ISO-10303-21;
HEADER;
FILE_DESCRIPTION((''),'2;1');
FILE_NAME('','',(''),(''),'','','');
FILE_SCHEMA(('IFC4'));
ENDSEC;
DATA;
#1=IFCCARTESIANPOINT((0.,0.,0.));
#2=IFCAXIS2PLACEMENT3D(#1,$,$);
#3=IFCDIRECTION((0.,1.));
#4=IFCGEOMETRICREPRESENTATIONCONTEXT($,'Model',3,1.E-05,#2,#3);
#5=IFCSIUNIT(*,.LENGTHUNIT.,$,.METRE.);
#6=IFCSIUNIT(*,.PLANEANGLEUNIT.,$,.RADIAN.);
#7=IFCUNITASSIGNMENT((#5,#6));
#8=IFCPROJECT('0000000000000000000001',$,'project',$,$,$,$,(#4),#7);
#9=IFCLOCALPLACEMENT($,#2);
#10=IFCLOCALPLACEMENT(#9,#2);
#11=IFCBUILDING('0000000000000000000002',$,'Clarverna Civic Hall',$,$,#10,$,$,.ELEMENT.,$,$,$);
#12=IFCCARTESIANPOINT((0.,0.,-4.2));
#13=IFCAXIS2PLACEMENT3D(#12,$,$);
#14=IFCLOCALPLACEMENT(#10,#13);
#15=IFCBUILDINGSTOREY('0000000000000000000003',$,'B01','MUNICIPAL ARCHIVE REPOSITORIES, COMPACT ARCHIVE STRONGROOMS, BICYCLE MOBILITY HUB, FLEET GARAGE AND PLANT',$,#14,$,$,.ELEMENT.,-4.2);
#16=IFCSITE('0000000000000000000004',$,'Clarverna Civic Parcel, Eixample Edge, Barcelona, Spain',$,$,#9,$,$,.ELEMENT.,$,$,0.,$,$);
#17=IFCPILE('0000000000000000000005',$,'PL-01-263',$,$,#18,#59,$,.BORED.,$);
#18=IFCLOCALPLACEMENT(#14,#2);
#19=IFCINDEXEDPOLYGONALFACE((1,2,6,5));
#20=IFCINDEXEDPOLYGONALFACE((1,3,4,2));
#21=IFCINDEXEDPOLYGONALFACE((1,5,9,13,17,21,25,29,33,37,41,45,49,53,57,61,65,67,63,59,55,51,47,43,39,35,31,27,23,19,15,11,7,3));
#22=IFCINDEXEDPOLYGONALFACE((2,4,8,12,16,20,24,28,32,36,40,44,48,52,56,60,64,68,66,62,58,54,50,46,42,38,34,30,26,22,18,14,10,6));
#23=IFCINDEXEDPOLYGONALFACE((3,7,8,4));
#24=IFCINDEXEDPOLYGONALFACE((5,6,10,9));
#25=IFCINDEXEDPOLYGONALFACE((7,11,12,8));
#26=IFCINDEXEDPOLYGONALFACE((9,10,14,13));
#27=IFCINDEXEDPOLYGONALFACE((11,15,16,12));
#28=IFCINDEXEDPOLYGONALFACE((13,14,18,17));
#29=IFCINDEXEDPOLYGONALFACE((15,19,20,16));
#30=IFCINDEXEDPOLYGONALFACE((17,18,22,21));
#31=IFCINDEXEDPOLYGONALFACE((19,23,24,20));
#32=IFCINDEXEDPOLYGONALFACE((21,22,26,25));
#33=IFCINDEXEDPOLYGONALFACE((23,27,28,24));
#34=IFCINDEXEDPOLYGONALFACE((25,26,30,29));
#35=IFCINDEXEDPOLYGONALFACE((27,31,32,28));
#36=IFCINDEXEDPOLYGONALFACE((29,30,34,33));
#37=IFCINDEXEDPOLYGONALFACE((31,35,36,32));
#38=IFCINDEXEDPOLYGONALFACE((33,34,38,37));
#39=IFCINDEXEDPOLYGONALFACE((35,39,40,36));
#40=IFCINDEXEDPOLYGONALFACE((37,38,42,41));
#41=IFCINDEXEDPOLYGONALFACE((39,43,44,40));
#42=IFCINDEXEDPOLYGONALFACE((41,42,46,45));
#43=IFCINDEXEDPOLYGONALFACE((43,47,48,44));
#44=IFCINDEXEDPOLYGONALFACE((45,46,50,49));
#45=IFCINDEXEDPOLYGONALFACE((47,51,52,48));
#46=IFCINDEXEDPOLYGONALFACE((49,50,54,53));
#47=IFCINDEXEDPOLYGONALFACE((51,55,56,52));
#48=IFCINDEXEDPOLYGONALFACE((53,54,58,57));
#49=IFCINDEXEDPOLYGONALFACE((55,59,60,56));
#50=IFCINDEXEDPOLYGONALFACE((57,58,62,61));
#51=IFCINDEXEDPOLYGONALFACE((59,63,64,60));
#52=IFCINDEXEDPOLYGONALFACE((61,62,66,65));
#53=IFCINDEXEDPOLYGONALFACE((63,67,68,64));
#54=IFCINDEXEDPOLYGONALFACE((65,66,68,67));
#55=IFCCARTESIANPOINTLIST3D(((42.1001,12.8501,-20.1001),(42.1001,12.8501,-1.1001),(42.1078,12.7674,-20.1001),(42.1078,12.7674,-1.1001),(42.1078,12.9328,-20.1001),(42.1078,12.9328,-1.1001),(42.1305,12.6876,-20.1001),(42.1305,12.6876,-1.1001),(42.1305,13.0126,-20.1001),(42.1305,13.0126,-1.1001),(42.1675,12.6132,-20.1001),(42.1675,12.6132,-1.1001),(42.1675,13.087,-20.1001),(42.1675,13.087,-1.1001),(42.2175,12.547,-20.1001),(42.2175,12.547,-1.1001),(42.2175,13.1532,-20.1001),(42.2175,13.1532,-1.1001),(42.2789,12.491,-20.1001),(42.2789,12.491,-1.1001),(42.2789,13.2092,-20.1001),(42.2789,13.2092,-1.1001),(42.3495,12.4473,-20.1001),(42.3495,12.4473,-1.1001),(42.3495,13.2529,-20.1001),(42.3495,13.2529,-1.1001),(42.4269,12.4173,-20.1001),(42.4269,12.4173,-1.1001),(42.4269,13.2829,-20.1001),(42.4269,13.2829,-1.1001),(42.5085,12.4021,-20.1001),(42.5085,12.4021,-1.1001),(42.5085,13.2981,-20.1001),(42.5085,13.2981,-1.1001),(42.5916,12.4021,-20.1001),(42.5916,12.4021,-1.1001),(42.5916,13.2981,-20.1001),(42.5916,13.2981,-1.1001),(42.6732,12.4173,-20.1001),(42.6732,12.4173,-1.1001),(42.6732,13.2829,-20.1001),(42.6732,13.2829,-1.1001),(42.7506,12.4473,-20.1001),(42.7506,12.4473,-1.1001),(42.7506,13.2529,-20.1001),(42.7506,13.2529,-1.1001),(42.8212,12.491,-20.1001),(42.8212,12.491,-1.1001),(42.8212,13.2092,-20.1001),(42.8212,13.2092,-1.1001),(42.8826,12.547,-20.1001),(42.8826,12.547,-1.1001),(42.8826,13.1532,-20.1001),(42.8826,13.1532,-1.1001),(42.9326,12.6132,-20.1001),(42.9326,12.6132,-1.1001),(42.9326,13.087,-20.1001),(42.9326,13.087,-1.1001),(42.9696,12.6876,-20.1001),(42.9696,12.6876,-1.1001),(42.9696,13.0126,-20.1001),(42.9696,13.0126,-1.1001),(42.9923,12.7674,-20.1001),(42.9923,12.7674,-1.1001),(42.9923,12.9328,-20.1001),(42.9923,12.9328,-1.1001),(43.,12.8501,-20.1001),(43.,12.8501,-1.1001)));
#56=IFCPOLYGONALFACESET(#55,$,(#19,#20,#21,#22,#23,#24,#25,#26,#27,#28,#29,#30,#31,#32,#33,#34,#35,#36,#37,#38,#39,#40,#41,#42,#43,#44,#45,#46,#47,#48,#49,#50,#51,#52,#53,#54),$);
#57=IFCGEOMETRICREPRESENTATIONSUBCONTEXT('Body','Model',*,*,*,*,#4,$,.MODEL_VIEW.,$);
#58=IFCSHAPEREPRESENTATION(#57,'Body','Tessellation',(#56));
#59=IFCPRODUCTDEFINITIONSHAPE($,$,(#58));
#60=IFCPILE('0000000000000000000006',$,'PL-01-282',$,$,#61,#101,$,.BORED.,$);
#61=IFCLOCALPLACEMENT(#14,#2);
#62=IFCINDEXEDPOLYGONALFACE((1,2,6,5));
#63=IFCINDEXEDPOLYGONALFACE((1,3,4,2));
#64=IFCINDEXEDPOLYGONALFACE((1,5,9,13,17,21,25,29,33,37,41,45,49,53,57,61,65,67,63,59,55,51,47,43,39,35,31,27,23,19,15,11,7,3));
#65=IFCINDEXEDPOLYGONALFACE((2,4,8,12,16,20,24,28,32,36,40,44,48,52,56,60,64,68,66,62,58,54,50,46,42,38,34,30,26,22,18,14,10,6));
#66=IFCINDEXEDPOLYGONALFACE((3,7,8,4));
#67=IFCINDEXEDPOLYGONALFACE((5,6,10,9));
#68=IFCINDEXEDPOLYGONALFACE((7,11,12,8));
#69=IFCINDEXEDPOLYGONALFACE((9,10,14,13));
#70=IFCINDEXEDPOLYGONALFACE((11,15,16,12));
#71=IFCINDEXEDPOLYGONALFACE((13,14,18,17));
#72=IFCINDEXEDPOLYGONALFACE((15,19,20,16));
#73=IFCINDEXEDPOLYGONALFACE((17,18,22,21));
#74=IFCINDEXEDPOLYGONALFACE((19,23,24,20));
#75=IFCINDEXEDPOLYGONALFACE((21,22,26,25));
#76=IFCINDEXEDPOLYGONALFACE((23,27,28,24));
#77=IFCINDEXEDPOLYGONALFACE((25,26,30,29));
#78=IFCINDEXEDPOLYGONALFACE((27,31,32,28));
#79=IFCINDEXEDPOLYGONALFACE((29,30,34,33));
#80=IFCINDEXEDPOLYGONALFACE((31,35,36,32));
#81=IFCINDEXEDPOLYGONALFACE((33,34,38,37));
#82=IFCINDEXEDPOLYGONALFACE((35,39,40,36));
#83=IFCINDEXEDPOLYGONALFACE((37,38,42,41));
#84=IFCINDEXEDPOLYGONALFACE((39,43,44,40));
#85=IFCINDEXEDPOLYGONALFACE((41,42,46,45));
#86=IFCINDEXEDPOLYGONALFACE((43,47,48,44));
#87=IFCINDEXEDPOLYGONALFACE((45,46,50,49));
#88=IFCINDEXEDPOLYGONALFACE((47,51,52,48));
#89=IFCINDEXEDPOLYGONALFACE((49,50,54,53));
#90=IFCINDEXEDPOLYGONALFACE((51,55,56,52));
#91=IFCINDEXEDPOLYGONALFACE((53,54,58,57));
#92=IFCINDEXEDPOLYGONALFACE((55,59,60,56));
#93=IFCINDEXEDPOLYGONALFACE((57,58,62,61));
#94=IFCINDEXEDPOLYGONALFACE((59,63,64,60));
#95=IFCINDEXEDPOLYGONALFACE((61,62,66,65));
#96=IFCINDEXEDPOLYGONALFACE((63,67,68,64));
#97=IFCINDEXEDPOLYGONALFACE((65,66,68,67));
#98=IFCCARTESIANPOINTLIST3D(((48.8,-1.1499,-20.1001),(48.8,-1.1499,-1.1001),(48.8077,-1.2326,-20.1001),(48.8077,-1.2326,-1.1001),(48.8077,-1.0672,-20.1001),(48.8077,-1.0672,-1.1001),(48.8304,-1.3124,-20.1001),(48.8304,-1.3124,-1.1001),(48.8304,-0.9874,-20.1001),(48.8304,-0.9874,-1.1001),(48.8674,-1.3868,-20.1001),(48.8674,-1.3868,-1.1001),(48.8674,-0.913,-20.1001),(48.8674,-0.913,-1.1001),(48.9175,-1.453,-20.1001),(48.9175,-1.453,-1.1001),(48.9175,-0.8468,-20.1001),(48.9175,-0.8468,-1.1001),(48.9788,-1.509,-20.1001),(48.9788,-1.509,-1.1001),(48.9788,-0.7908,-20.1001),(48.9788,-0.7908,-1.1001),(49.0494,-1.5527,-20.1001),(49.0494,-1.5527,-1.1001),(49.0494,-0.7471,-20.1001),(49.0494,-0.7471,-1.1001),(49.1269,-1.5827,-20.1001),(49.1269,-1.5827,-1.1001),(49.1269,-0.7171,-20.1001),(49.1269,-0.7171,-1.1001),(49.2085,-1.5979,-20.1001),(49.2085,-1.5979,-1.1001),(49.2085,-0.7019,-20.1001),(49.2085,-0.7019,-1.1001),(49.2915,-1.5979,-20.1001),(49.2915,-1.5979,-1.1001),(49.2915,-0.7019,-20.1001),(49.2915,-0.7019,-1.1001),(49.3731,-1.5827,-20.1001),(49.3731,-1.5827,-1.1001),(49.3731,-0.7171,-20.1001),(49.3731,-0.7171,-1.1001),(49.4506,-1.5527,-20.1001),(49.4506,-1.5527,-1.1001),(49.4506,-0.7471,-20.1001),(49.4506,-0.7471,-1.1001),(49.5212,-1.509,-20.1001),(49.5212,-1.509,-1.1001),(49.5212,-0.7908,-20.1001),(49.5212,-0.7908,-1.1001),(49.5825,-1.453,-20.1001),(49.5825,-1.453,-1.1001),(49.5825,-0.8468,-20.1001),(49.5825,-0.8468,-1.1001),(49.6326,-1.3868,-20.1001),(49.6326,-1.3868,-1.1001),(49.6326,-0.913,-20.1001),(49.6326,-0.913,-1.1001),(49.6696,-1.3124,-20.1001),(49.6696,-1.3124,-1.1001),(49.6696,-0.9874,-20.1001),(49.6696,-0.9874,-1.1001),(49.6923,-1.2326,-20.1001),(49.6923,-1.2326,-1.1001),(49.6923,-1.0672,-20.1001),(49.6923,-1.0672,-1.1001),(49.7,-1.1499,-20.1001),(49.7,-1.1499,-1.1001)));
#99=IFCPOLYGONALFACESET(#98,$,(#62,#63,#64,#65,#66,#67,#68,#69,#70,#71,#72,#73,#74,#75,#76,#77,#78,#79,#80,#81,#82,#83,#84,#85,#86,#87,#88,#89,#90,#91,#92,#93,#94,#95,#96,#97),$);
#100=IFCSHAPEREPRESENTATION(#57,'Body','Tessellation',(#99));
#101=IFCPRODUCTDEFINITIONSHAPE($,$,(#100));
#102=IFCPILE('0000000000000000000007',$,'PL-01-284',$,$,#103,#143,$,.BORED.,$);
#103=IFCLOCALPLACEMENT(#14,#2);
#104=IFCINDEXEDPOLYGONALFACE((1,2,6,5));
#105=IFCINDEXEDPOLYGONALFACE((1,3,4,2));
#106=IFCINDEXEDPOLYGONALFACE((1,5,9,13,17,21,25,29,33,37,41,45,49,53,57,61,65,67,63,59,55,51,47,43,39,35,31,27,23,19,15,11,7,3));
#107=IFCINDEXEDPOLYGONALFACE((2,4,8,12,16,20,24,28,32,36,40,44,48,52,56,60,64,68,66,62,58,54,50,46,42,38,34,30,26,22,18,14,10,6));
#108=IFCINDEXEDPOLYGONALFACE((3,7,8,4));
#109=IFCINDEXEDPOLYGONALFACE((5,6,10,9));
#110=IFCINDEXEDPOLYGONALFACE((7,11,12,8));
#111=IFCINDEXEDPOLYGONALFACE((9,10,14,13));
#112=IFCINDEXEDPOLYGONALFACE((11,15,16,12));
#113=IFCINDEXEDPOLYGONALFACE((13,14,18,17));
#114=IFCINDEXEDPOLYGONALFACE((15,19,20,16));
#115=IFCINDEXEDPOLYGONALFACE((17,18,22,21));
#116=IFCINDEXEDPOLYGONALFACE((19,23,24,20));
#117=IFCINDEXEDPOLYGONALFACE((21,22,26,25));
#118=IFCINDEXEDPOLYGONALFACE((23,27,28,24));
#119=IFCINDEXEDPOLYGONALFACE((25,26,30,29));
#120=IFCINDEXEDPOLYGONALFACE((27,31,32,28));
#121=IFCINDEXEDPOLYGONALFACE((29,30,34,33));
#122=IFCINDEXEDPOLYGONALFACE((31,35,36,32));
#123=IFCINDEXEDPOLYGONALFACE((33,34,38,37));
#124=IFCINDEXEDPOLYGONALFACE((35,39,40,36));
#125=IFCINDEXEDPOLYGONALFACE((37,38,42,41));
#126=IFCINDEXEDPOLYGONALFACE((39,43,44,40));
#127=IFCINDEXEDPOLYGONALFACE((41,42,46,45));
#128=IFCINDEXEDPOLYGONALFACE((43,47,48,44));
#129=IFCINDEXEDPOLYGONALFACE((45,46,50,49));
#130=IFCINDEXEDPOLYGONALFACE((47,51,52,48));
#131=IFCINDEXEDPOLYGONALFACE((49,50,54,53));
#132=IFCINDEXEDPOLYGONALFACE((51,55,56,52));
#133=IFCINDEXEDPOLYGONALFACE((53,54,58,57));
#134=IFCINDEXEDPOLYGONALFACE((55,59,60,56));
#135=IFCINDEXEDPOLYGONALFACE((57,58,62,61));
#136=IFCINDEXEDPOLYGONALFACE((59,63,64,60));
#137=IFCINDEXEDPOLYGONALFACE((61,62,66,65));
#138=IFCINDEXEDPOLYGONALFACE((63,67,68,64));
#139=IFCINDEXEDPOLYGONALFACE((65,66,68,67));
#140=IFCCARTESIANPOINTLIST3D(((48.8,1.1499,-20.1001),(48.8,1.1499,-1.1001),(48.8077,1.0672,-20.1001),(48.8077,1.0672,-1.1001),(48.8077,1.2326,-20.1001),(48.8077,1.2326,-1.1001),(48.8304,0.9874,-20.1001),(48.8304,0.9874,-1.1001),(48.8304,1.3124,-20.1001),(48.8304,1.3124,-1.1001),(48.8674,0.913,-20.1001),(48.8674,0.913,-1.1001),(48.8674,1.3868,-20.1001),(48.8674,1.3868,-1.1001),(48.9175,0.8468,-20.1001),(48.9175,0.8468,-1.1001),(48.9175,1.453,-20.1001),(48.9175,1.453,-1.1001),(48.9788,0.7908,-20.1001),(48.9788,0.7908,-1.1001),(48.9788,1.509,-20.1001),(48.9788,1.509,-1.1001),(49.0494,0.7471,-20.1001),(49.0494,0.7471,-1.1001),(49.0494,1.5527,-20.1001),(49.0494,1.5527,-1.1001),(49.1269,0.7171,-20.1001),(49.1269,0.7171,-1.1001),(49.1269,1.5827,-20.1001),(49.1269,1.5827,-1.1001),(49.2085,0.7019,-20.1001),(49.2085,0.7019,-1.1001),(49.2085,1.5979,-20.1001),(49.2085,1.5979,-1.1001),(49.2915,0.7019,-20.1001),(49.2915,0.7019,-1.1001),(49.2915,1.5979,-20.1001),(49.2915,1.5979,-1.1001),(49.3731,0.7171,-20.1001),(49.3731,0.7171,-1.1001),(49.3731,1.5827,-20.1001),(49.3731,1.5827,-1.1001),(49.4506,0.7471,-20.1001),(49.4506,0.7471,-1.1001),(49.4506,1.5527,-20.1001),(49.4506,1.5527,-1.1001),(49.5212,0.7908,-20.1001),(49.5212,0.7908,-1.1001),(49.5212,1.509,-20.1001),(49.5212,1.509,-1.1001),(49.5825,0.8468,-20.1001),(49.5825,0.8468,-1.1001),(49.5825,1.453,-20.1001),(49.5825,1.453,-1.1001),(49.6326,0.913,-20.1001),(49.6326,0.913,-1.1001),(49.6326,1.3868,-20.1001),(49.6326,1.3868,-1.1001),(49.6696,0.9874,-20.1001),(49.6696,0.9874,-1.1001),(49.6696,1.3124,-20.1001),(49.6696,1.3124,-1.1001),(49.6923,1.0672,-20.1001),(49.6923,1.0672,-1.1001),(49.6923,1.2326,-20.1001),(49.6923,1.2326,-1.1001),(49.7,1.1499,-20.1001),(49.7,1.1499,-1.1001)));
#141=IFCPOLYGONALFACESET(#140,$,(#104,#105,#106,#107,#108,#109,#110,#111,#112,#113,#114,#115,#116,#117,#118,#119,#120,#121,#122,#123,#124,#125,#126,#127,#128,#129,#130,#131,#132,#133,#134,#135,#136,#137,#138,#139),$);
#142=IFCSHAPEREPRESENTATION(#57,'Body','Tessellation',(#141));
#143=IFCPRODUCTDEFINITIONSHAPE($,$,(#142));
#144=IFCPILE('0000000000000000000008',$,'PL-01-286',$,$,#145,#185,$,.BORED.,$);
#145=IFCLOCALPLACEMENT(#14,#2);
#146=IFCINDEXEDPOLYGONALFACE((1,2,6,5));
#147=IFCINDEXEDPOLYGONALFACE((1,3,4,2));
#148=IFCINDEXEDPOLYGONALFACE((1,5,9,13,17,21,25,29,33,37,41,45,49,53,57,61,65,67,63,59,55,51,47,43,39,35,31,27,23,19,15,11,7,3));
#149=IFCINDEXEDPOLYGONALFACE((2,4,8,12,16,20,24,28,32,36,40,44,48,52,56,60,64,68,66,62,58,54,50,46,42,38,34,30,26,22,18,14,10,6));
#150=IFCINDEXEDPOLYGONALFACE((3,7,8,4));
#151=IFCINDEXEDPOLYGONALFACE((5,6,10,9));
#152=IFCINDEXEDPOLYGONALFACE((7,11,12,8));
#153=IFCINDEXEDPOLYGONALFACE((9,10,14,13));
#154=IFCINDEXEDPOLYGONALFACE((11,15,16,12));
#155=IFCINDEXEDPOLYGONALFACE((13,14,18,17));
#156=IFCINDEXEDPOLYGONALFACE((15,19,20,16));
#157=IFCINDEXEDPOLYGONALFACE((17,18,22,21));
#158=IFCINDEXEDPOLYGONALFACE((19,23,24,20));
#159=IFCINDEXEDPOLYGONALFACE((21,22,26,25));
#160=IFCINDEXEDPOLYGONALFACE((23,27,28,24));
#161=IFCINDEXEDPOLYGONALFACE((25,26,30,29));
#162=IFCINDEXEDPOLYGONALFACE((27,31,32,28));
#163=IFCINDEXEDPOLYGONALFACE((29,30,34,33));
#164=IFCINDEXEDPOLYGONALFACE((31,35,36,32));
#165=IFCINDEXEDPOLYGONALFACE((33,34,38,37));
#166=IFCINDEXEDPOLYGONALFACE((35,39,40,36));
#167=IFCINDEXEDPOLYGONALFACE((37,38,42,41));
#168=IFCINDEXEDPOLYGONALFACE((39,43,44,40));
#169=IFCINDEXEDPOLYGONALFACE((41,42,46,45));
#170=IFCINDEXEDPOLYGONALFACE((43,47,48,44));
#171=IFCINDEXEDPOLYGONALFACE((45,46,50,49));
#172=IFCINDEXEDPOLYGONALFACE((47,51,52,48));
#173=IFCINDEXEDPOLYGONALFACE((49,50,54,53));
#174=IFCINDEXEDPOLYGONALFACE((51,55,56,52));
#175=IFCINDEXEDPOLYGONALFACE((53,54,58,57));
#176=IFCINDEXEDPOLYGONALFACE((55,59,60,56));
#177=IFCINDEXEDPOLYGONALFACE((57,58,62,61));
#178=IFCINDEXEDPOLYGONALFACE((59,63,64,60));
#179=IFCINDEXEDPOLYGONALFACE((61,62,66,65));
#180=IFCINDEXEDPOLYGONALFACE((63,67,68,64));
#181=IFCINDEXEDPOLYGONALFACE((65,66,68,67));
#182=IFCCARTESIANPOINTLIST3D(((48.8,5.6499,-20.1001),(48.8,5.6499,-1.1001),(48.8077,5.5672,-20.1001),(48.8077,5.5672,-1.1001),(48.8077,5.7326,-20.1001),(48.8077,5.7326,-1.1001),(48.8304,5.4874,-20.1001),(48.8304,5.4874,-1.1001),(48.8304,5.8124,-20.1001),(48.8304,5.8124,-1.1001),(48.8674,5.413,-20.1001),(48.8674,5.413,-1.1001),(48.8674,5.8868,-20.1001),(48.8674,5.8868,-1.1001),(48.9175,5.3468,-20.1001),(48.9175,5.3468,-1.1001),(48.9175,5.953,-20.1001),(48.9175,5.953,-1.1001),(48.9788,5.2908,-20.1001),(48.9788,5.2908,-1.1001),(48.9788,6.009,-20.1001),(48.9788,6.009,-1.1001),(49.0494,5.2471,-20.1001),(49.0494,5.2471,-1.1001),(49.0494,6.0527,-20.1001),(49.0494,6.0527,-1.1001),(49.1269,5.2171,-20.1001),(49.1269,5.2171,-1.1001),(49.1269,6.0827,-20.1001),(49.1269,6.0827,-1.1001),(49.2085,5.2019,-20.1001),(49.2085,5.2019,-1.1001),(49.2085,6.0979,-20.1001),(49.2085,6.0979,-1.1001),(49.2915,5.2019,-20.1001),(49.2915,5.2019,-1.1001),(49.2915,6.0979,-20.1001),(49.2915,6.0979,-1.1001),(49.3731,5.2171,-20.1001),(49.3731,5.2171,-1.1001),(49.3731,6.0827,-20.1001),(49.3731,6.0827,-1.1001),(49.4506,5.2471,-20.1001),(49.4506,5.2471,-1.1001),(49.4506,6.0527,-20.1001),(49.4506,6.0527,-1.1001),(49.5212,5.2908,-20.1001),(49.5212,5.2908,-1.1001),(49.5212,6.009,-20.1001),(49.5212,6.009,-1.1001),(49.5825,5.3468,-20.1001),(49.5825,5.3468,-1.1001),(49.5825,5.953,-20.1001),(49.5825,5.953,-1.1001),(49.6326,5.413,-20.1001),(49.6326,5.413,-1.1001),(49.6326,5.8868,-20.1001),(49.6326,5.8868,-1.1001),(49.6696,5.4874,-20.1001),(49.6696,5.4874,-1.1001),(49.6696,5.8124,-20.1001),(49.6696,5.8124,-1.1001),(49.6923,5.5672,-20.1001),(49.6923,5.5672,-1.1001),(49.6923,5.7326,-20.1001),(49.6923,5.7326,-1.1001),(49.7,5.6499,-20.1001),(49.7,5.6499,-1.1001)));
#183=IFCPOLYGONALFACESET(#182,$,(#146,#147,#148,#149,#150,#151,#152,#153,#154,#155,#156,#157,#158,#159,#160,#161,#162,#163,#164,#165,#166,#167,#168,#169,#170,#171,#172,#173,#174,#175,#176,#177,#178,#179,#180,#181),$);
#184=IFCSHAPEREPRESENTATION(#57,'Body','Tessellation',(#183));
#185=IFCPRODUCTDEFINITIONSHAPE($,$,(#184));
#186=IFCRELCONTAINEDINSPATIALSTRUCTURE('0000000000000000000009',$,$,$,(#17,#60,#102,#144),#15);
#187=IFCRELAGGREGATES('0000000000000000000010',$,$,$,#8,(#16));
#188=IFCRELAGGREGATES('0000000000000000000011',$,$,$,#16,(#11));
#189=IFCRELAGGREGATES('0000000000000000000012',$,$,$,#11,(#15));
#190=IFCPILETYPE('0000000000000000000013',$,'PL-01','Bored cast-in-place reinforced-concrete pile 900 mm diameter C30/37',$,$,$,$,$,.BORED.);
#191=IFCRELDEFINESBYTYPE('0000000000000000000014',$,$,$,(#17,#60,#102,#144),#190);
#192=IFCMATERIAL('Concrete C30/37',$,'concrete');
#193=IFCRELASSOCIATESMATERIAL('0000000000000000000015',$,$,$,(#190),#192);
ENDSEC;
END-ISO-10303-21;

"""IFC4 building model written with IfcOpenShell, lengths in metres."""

from ifc_helpers import new_model, si_unit, direction, frame, origin, origin_2d, place, context, subcontext, project, spatial, circle, extrude, material, material_profile, profile_set, type_object, element, save


model = new_model("IFC4")

# Units and contexts
model_context = context("Model", 3, precision=1e-05, world=origin(), true_north=direction((0.0, 1.0)))
body_context = subcontext(model_context, "Body", "Model", "MODEL_VIEW")
ifc_project = project(units=[si_unit("LENGTHUNIT", "METRE"), si_unit("PLANEANGLEUNIT", "RADIAN")], contexts=[model_context])

# Site, building, storey
site_placement = place(None, origin())
site = spatial("IfcSite", under=ifc_project, at=site_placement, Name="Clarverna Civic Parcel, Eixample Edge, Barcelona, Spain", CompositionType="ELEMENT", RefElevation=0.0)
building_placement = place(site_placement, origin())
building = spatial("IfcBuilding", under=site, at=building_placement, Name="Clarverna Civic Hall", CompositionType="ELEMENT")
storey_placement = place(building_placement, frame((0.0, 0.0, -4.2)))
storey = spatial("IfcBuildingStorey", under=building, at=storey_placement, Name="B01", Description="MUNICIPAL ARCHIVE REPOSITORIES, COMPACT ARCHIVE STRONGROOMS, BICYCLE MOBILITY HUB, FLEET GARAGE AND PLANT", CompositionType="ELEMENT", Elevation=-4.2)

# Shared definitions
ifc_material_1 = material(Name="Concrete C30/37", Category="concrete")

# Piles
ifc_material_profile_1 = material_profile(ifc_material_1, circle(Radius=0.45, at=origin_2d()), Name="BORED PILE D900")
ifc_profile_set_1 = profile_set([ifc_material_profile_1], Name="Concrete C30/37")
pile_type_1 = type_object("IfcPileType", Name="PL-01", Description="Bored cast-in-place reinforced-concrete pile 900 mm diameter C30/37", PredefinedType="BORED", material=ifc_profile_set_1)
for number, where, z_axis, x_axis, name in (
    (1, (42.55, 12.8501, -1.1001), (0.0, 0.0, -1.0), (1.0, 0.0, 0.0), "PL-01-263"),
    (2, (49.25, -1.1499, -1.1001), (0.0, 0.0, -1.0), (1.0, 0.0, 0.0), "PL-01-282"),
    (3, (49.25, 1.1499, -1.1001), (0.0, 0.0, -1.0), (1.0, 0.0, 0.0), "PL-01-284"),
    (4, (49.25, 5.6499, -1.1001), (0.0, 0.0, -1.0), (1.0, 0.0, 0.0), "PL-01-286"),
):
    element("IfcPile", number, at=place(storey_placement, frame(where, z_axis=z_axis, x_axis=x_axis)), inside=storey, type_object=pile_type_1, Name=name, PredefinedType="BORED", context=body_context, shape_type="SweptSolid", body=[
        extrude(circle(Radius=0.45, at=origin_2d()), origin(), (0.0, 0.0, 1.0), 19.0),
    ])

save(model, "model.ifc")
